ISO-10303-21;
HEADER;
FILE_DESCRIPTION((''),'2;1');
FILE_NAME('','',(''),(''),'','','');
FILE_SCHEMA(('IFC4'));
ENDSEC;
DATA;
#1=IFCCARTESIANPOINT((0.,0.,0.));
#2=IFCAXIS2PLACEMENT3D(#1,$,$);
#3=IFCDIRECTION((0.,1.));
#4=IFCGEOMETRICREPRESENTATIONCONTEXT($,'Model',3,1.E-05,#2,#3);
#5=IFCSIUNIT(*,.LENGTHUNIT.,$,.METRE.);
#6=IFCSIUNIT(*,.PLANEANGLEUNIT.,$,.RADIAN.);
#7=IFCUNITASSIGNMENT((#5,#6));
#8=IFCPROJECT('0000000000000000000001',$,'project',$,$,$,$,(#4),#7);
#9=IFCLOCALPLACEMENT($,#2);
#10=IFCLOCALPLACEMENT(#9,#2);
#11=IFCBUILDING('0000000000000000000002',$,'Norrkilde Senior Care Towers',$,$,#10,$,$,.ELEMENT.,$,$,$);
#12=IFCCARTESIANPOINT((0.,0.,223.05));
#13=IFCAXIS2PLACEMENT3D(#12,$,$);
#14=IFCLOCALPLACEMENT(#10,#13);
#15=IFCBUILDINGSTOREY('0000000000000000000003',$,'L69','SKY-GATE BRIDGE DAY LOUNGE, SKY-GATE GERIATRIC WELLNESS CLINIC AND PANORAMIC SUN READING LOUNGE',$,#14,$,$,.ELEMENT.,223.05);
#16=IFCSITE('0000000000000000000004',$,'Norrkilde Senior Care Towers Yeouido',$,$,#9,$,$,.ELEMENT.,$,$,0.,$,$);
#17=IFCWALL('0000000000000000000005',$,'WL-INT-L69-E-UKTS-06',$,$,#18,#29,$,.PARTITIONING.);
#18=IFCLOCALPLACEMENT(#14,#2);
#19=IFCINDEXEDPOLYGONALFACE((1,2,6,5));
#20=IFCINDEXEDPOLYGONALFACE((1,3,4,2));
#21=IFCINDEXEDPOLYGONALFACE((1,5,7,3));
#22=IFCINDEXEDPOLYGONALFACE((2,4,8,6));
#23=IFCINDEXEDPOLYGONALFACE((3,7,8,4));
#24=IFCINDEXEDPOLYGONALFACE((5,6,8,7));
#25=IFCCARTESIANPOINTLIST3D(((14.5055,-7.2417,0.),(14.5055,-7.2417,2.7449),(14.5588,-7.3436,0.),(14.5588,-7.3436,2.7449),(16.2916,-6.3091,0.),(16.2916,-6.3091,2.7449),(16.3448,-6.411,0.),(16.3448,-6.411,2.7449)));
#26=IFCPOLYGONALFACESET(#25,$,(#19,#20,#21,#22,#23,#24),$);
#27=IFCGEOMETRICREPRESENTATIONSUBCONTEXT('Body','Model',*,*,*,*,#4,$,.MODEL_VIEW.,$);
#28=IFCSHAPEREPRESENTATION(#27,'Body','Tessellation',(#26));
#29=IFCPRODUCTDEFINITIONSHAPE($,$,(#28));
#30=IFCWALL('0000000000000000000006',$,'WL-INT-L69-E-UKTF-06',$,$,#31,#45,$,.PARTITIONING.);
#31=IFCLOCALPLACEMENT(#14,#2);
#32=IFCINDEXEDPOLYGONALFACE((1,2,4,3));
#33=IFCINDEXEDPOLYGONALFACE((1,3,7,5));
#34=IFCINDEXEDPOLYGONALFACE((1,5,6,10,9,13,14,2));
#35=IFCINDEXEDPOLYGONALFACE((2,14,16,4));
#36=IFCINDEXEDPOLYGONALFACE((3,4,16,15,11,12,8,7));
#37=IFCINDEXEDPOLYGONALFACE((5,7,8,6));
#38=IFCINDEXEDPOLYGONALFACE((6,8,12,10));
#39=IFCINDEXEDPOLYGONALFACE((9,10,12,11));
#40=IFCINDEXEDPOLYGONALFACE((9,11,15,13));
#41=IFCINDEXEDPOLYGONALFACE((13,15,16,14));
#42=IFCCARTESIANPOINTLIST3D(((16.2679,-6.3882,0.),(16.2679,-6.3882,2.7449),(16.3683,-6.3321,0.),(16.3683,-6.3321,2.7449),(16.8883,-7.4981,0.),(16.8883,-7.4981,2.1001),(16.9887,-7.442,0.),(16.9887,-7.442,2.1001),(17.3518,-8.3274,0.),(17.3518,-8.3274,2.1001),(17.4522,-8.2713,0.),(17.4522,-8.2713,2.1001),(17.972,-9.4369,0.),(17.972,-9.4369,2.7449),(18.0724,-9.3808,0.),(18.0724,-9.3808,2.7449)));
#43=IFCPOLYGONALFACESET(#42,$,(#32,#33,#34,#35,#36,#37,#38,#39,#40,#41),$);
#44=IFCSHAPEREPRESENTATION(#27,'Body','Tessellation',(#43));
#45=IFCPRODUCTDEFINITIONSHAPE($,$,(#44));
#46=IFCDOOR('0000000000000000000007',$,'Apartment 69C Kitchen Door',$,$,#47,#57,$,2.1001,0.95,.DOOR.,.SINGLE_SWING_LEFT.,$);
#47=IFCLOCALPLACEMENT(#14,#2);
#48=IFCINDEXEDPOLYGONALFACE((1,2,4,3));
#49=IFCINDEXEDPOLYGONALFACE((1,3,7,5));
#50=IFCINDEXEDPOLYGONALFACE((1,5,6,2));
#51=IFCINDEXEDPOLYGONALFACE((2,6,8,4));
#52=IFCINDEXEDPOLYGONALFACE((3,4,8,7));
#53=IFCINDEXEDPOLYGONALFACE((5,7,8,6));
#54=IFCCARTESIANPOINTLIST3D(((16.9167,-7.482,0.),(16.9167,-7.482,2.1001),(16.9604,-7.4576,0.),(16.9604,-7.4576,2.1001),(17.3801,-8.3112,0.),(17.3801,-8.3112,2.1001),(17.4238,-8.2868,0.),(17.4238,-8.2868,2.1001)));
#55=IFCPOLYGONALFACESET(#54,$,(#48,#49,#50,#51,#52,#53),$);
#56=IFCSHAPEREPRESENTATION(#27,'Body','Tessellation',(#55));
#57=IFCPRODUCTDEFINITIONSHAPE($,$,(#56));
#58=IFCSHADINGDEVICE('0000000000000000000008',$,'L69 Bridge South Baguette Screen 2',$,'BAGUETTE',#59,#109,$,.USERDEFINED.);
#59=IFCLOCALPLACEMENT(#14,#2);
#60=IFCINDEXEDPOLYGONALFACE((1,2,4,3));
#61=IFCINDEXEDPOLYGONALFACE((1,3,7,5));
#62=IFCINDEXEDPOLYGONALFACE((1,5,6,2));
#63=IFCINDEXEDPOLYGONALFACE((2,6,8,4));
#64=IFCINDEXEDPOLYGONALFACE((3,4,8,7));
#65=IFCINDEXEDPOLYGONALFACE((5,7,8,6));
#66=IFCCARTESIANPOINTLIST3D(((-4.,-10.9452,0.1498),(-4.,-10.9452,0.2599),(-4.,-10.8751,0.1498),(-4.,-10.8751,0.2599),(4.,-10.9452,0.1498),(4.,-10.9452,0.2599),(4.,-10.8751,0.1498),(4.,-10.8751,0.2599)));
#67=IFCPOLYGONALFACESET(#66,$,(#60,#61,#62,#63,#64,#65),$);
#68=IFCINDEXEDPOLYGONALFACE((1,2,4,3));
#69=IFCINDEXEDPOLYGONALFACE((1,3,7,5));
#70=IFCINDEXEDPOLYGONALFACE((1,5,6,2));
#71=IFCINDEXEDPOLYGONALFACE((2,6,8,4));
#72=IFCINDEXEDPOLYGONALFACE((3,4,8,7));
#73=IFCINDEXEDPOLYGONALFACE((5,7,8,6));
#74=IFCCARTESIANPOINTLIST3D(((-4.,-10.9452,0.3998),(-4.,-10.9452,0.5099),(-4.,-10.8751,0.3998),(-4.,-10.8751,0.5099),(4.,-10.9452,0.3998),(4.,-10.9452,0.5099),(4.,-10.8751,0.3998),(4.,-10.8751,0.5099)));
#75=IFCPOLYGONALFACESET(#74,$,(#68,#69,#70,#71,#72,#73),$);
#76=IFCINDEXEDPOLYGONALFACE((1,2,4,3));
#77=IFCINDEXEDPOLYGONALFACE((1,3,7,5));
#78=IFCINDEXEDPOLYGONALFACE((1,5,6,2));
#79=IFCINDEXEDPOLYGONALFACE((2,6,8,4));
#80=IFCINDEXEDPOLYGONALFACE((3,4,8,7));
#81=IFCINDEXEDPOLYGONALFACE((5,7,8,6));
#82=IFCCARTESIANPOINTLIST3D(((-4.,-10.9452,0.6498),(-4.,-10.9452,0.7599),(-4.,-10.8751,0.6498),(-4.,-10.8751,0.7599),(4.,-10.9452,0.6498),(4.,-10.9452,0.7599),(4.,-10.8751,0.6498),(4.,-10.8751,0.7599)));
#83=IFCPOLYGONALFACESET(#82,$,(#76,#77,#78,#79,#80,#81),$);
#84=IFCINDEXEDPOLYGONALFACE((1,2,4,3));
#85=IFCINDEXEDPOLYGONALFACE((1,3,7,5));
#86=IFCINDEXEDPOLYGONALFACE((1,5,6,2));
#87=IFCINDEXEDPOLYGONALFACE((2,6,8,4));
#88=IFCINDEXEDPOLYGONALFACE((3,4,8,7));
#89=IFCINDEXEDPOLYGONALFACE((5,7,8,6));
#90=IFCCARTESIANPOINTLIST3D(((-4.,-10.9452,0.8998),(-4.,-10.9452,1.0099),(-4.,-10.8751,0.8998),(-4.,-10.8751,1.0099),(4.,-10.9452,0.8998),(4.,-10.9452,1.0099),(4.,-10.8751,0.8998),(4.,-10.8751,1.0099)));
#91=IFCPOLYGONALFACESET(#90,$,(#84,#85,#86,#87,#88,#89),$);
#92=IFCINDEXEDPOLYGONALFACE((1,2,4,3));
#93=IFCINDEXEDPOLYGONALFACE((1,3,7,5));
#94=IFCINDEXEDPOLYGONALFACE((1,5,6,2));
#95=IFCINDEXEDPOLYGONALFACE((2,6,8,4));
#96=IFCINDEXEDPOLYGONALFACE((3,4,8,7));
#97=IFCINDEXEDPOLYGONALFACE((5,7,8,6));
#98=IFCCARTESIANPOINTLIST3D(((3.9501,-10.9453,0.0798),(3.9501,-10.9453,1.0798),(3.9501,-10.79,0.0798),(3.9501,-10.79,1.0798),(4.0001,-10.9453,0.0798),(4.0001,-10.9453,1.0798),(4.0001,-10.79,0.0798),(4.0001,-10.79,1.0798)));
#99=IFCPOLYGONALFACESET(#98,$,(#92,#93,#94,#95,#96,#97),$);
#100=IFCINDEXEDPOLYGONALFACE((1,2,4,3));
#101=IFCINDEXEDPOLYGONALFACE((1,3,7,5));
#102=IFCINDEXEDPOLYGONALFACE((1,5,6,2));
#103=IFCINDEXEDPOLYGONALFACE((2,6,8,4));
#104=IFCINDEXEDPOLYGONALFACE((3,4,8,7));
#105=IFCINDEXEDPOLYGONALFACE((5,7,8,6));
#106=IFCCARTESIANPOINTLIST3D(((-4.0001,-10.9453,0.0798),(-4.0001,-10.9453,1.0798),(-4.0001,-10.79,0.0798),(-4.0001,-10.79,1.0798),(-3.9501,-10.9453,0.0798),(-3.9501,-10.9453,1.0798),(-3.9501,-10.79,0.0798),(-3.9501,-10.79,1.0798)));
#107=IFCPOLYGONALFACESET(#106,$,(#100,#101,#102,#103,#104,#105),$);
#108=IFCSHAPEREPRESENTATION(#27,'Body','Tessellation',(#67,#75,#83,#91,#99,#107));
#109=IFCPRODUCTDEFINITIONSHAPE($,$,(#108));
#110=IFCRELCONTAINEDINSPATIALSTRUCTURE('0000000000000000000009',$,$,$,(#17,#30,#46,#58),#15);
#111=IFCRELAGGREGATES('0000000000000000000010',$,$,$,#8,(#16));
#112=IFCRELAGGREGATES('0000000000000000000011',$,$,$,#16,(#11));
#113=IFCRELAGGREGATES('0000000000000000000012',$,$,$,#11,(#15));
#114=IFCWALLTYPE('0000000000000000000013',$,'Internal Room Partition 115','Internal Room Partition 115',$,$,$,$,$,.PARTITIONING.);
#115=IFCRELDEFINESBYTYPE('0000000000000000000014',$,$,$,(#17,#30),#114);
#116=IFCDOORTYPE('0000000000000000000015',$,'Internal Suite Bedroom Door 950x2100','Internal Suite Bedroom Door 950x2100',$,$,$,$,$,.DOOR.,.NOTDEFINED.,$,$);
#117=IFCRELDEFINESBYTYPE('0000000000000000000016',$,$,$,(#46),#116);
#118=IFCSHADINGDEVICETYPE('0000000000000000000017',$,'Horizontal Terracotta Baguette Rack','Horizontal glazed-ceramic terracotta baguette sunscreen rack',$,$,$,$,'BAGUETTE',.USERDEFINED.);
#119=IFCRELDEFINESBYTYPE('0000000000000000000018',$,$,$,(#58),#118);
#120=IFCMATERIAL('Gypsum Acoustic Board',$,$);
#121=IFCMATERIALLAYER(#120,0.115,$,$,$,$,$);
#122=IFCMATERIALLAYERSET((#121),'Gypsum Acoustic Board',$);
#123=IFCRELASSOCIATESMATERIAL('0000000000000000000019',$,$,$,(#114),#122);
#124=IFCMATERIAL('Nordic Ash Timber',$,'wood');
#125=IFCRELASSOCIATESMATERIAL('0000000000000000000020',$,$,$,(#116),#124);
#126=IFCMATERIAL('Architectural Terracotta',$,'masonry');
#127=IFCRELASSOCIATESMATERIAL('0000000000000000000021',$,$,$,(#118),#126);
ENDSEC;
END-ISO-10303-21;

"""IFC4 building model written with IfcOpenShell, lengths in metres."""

from ifc_helpers import new_model, si_unit, direction, frame, frame_2d, origin, origin_2d, place, context, subcontext, project, spatial, rectangle, extrude, source, transform, mapped, material, layer, layer_set, type_object, type_shapes, element, fill, save


model = new_model("IFC4")

# Units and contexts
model_context = context("Model", 3, precision=1e-05, world=origin(), true_north=direction((0.0, 1.0)))
body_context = subcontext(model_context, "Body", "Model", "MODEL_VIEW")
ifc_project = project(units=[si_unit("LENGTHUNIT", "METRE"), si_unit("PLANEANGLEUNIT", "RADIAN")], contexts=[model_context])

# Site, building, storey
site_placement = place(None, origin())
site = spatial("IfcSite", under=ifc_project, at=site_placement, Name="Norrkilde Senior Care Towers Yeouido", CompositionType="ELEMENT", RefElevation=0.0)
building_placement = place(site_placement, origin())
building = spatial("IfcBuilding", under=site, at=building_placement, Name="Norrkilde Senior Care Towers", CompositionType="ELEMENT")
storey_placement = place(building_placement, frame((0.0, 0.0, 223.05)))
storey = spatial("IfcBuildingStorey", under=building, at=storey_placement, Name="L69", Description="SKY-GATE BRIDGE DAY LOUNGE, SKY-GATE GERIATRIC WELLNESS CLINIC AND PANORAMIC SUN READING LOUNGE", CompositionType="ELEMENT", Elevation=223.05)

# Shared definitions
ifc_material_1 = material(Name="Gypsum Acoustic Board")

# Wall
ifc_layer_1 = layer(ifc_material_1, 0.115)
ifc_layer_set_1 = layer_set([ifc_layer_1], Name="Gypsum Acoustic Board")
wall_type_1 = type_object("IfcWallType", Name="Internal Room Partition 115", Description="Internal Room Partition 115", PredefinedType="PARTITIONING", material=ifc_layer_set_1)
shared_shape_1 = source(origin(), body_context, "Body", "SweptSolid", [
    extrude(rectangle(XDim=2.0149, YDim=0.115, at=frame_2d((1.0073, 0.0))), origin(), (0.0, 0.0, 1.0), 2.7449),
])
wall_1_placement = place(storey_placement, frame((16.3181, -6.3601, 0.0), z_axis=(0.0, 0.0, 1.0), x_axis=(-0.886438, -0.462848, 0.0)))
element("IfcWall", 1, at=wall_1_placement, inside=storey, type_object=wall_type_1, Name="WL-INT-L69-E-UKTS-06", PredefinedType="PARTITIONING", context=body_context, shape_type="MappedRepresentation", body=[
    mapped(shared_shape_1, transform((0.0, 0.0, 0.0), x_axis=(1.0, 0.0, 0.0), y_axis=(0.0, 1.0, 0.0), z_axis=(0.0, 0.0, 1.0), scale=1.0)),
])

# Wall, opening, door
shared_shape_2 = source(origin(), body_context, "Body", "SweptSolid", [
    extrude(rectangle(XDim=3.4927, YDim=0.115, at=frame_2d((1.7463, 0.0))), origin(), (0.0, 0.0, 1.0), 2.7449),
])
type_shapes(wall_type_1, [shared_shape_1, shared_shape_2])
wall_2_placement = place(storey_placement, frame((16.3181, -6.3601, 0.0), z_axis=(0.0, 0.0, 1.0), x_axis=(0.487897, -0.872901, 0.0)))
wall_2 = element("IfcWall", 2, at=wall_2_placement, inside=storey, type_object=wall_type_1, Name="WL-INT-L69-E-UKTF-06", PredefinedType="PARTITIONING", context=body_context, shape_type="MappedRepresentation", body=[
    mapped(shared_shape_2, transform((0.0, 0.0, 0.0), x_axis=(1.0, 0.0, 0.0), y_axis=(0.0, 1.0, 0.0), z_axis=(0.0, 0.0, 1.0), scale=1.0)),
])
opening_1_placement = place(wall_2_placement, frame((1.2715, 0.0, 0.0)))
opening_1 = element("IfcOpeningElement", 3, at=opening_1_placement, cuts=wall_2, PredefinedType="OPENING", context=body_context, shape_type="SweptSolid", body=[
    extrude(rectangle(XDim=0.95, YDim=2.1001, at=frame_2d((0.4751, 1.05))), frame((0.0, 0.0674, 0.0), z_axis=(0.0, -1.0, 0.0), x_axis=(1.0, 0.0, 0.0)), (0.0, 0.0, 1.0), 0.135),
])
ifc_material_2 = material(Name="Nordic Ash Timber", Category="wood")
door_type_1 = type_object("IfcDoorType", Name="Internal Suite Bedroom Door 950x2100", Description="Internal Suite Bedroom Door 950x2100", OperationType="NOTDEFINED", PredefinedType="DOOR", material=ifc_material_2)
shared_shape_3 = source(origin(), body_context, "Body", "SweptSolid", [
    extrude(rectangle(XDim=0.95, YDim=2.1001, at=frame_2d((0.4751, 1.05))), frame((0.0, 0.0249, 0.0), z_axis=(0.0, -1.0, 0.0), x_axis=(1.0, 0.0, 0.0)), (0.0, 0.0, 1.0), 0.05),
])
type_shapes(door_type_1, [shared_shape_3])
door_1_placement = place(opening_1_placement, frame((0.95, 0.0, 0.0), z_axis=(0.0, 0.0, 1.0), x_axis=(-1.0, 0.0, 0.0)))
door_1 = element("IfcDoor", 4, at=door_1_placement, inside=storey, type_object=door_type_1, Name="Apartment 69C Kitchen Door", OperationType="SINGLE_SWING_LEFT", OverallHeight=2.1001, OverallWidth=0.95, PredefinedType="DOOR", context=body_context, shape_type="MappedRepresentation", body=[
    mapped(shared_shape_3, transform((0.0, 0.0, 0.0), x_axis=(1.0, 0.0, 0.0), y_axis=(0.0, 1.0, 0.0), z_axis=(0.0, 0.0, 1.0), scale=1.0)),
])
fill(opening_1, door_1)

# Shading device
ifc_material_3 = material(Name="Architectural Terracotta", Category="masonry")
shading_device_type = type_object("IfcShadingDeviceType", Name="Horizontal Terracotta Baguette Rack", Description="Horizontal glazed-ceramic terracotta baguette sunscreen rack", ElementType="BAGUETTE", PredefinedType="USERDEFINED", material=ifc_material_3)
shared_shape_4 = source(origin(), body_context, "Body", "SweptSolid", [
    extrude(rectangle(XDim=0.0701, YDim=0.1101, at=origin_2d()), frame((0.0, 0.0901, 0.125), z_axis=(1.0, 0.0, 0.0), x_axis=(0.0, 1.0, 0.0)), (0.0, 0.0, 1.0), 8.0),
    extrude(rectangle(XDim=0.0701, YDim=0.1101, at=origin_2d()), frame((0.0, 0.0901, 0.375), z_axis=(1.0, 0.0, 0.0), x_axis=(0.0, 1.0, 0.0)), (0.0, 0.0, 1.0), 8.0),
    extrude(rectangle(XDim=0.0701, YDim=0.1101, at=origin_2d()), frame((0.0, 0.0901, 0.625), z_axis=(1.0, 0.0, 0.0), x_axis=(0.0, 1.0, 0.0)), (0.0, 0.0, 1.0), 8.0),
    extrude(rectangle(XDim=0.0701, YDim=0.1101, at=origin_2d()), frame((0.0, 0.0901, 0.875), z_axis=(1.0, 0.0, 0.0), x_axis=(0.0, 1.0, 0.0)), (0.0, 0.0, 1.0), 8.0),
    extrude(rectangle(XDim=0.05, YDim=0.1553, at=origin_2d()), frame((0.0249, 0.0476, 0.0)), (0.0, 0.0, 1.0), 1.0),
    extrude(rectangle(XDim=0.05, YDim=0.1553, at=origin_2d()), frame((7.9751, 0.0476, 0.0)), (0.0, 0.0, 1.0), 1.0),
])
type_shapes(shading_device_type, [shared_shape_4])
shading_device_placement = place(storey_placement, frame((4.0, -10.8201, 0.0798), z_axis=(0.0, 0.0, 1.0), x_axis=(-1.0, 0.0, 0.0)))
element("IfcShadingDevice", 5, at=shading_device_placement, inside=storey, type_object=shading_device_type, Name="L69 Bridge South Baguette Screen 2", ObjectType="BAGUETTE", PredefinedType="USERDEFINED", context=body_context, shape_type="MappedRepresentation", body=[
    mapped(shared_shape_4, transform((0.0, 0.0, 0.0), x_axis=(1.0, 0.0, 0.0), y_axis=(0.0, 1.0, 0.0), z_axis=(0.0, 0.0, 1.0), scale=1.0)),
])

save(model, "model.ifc")
